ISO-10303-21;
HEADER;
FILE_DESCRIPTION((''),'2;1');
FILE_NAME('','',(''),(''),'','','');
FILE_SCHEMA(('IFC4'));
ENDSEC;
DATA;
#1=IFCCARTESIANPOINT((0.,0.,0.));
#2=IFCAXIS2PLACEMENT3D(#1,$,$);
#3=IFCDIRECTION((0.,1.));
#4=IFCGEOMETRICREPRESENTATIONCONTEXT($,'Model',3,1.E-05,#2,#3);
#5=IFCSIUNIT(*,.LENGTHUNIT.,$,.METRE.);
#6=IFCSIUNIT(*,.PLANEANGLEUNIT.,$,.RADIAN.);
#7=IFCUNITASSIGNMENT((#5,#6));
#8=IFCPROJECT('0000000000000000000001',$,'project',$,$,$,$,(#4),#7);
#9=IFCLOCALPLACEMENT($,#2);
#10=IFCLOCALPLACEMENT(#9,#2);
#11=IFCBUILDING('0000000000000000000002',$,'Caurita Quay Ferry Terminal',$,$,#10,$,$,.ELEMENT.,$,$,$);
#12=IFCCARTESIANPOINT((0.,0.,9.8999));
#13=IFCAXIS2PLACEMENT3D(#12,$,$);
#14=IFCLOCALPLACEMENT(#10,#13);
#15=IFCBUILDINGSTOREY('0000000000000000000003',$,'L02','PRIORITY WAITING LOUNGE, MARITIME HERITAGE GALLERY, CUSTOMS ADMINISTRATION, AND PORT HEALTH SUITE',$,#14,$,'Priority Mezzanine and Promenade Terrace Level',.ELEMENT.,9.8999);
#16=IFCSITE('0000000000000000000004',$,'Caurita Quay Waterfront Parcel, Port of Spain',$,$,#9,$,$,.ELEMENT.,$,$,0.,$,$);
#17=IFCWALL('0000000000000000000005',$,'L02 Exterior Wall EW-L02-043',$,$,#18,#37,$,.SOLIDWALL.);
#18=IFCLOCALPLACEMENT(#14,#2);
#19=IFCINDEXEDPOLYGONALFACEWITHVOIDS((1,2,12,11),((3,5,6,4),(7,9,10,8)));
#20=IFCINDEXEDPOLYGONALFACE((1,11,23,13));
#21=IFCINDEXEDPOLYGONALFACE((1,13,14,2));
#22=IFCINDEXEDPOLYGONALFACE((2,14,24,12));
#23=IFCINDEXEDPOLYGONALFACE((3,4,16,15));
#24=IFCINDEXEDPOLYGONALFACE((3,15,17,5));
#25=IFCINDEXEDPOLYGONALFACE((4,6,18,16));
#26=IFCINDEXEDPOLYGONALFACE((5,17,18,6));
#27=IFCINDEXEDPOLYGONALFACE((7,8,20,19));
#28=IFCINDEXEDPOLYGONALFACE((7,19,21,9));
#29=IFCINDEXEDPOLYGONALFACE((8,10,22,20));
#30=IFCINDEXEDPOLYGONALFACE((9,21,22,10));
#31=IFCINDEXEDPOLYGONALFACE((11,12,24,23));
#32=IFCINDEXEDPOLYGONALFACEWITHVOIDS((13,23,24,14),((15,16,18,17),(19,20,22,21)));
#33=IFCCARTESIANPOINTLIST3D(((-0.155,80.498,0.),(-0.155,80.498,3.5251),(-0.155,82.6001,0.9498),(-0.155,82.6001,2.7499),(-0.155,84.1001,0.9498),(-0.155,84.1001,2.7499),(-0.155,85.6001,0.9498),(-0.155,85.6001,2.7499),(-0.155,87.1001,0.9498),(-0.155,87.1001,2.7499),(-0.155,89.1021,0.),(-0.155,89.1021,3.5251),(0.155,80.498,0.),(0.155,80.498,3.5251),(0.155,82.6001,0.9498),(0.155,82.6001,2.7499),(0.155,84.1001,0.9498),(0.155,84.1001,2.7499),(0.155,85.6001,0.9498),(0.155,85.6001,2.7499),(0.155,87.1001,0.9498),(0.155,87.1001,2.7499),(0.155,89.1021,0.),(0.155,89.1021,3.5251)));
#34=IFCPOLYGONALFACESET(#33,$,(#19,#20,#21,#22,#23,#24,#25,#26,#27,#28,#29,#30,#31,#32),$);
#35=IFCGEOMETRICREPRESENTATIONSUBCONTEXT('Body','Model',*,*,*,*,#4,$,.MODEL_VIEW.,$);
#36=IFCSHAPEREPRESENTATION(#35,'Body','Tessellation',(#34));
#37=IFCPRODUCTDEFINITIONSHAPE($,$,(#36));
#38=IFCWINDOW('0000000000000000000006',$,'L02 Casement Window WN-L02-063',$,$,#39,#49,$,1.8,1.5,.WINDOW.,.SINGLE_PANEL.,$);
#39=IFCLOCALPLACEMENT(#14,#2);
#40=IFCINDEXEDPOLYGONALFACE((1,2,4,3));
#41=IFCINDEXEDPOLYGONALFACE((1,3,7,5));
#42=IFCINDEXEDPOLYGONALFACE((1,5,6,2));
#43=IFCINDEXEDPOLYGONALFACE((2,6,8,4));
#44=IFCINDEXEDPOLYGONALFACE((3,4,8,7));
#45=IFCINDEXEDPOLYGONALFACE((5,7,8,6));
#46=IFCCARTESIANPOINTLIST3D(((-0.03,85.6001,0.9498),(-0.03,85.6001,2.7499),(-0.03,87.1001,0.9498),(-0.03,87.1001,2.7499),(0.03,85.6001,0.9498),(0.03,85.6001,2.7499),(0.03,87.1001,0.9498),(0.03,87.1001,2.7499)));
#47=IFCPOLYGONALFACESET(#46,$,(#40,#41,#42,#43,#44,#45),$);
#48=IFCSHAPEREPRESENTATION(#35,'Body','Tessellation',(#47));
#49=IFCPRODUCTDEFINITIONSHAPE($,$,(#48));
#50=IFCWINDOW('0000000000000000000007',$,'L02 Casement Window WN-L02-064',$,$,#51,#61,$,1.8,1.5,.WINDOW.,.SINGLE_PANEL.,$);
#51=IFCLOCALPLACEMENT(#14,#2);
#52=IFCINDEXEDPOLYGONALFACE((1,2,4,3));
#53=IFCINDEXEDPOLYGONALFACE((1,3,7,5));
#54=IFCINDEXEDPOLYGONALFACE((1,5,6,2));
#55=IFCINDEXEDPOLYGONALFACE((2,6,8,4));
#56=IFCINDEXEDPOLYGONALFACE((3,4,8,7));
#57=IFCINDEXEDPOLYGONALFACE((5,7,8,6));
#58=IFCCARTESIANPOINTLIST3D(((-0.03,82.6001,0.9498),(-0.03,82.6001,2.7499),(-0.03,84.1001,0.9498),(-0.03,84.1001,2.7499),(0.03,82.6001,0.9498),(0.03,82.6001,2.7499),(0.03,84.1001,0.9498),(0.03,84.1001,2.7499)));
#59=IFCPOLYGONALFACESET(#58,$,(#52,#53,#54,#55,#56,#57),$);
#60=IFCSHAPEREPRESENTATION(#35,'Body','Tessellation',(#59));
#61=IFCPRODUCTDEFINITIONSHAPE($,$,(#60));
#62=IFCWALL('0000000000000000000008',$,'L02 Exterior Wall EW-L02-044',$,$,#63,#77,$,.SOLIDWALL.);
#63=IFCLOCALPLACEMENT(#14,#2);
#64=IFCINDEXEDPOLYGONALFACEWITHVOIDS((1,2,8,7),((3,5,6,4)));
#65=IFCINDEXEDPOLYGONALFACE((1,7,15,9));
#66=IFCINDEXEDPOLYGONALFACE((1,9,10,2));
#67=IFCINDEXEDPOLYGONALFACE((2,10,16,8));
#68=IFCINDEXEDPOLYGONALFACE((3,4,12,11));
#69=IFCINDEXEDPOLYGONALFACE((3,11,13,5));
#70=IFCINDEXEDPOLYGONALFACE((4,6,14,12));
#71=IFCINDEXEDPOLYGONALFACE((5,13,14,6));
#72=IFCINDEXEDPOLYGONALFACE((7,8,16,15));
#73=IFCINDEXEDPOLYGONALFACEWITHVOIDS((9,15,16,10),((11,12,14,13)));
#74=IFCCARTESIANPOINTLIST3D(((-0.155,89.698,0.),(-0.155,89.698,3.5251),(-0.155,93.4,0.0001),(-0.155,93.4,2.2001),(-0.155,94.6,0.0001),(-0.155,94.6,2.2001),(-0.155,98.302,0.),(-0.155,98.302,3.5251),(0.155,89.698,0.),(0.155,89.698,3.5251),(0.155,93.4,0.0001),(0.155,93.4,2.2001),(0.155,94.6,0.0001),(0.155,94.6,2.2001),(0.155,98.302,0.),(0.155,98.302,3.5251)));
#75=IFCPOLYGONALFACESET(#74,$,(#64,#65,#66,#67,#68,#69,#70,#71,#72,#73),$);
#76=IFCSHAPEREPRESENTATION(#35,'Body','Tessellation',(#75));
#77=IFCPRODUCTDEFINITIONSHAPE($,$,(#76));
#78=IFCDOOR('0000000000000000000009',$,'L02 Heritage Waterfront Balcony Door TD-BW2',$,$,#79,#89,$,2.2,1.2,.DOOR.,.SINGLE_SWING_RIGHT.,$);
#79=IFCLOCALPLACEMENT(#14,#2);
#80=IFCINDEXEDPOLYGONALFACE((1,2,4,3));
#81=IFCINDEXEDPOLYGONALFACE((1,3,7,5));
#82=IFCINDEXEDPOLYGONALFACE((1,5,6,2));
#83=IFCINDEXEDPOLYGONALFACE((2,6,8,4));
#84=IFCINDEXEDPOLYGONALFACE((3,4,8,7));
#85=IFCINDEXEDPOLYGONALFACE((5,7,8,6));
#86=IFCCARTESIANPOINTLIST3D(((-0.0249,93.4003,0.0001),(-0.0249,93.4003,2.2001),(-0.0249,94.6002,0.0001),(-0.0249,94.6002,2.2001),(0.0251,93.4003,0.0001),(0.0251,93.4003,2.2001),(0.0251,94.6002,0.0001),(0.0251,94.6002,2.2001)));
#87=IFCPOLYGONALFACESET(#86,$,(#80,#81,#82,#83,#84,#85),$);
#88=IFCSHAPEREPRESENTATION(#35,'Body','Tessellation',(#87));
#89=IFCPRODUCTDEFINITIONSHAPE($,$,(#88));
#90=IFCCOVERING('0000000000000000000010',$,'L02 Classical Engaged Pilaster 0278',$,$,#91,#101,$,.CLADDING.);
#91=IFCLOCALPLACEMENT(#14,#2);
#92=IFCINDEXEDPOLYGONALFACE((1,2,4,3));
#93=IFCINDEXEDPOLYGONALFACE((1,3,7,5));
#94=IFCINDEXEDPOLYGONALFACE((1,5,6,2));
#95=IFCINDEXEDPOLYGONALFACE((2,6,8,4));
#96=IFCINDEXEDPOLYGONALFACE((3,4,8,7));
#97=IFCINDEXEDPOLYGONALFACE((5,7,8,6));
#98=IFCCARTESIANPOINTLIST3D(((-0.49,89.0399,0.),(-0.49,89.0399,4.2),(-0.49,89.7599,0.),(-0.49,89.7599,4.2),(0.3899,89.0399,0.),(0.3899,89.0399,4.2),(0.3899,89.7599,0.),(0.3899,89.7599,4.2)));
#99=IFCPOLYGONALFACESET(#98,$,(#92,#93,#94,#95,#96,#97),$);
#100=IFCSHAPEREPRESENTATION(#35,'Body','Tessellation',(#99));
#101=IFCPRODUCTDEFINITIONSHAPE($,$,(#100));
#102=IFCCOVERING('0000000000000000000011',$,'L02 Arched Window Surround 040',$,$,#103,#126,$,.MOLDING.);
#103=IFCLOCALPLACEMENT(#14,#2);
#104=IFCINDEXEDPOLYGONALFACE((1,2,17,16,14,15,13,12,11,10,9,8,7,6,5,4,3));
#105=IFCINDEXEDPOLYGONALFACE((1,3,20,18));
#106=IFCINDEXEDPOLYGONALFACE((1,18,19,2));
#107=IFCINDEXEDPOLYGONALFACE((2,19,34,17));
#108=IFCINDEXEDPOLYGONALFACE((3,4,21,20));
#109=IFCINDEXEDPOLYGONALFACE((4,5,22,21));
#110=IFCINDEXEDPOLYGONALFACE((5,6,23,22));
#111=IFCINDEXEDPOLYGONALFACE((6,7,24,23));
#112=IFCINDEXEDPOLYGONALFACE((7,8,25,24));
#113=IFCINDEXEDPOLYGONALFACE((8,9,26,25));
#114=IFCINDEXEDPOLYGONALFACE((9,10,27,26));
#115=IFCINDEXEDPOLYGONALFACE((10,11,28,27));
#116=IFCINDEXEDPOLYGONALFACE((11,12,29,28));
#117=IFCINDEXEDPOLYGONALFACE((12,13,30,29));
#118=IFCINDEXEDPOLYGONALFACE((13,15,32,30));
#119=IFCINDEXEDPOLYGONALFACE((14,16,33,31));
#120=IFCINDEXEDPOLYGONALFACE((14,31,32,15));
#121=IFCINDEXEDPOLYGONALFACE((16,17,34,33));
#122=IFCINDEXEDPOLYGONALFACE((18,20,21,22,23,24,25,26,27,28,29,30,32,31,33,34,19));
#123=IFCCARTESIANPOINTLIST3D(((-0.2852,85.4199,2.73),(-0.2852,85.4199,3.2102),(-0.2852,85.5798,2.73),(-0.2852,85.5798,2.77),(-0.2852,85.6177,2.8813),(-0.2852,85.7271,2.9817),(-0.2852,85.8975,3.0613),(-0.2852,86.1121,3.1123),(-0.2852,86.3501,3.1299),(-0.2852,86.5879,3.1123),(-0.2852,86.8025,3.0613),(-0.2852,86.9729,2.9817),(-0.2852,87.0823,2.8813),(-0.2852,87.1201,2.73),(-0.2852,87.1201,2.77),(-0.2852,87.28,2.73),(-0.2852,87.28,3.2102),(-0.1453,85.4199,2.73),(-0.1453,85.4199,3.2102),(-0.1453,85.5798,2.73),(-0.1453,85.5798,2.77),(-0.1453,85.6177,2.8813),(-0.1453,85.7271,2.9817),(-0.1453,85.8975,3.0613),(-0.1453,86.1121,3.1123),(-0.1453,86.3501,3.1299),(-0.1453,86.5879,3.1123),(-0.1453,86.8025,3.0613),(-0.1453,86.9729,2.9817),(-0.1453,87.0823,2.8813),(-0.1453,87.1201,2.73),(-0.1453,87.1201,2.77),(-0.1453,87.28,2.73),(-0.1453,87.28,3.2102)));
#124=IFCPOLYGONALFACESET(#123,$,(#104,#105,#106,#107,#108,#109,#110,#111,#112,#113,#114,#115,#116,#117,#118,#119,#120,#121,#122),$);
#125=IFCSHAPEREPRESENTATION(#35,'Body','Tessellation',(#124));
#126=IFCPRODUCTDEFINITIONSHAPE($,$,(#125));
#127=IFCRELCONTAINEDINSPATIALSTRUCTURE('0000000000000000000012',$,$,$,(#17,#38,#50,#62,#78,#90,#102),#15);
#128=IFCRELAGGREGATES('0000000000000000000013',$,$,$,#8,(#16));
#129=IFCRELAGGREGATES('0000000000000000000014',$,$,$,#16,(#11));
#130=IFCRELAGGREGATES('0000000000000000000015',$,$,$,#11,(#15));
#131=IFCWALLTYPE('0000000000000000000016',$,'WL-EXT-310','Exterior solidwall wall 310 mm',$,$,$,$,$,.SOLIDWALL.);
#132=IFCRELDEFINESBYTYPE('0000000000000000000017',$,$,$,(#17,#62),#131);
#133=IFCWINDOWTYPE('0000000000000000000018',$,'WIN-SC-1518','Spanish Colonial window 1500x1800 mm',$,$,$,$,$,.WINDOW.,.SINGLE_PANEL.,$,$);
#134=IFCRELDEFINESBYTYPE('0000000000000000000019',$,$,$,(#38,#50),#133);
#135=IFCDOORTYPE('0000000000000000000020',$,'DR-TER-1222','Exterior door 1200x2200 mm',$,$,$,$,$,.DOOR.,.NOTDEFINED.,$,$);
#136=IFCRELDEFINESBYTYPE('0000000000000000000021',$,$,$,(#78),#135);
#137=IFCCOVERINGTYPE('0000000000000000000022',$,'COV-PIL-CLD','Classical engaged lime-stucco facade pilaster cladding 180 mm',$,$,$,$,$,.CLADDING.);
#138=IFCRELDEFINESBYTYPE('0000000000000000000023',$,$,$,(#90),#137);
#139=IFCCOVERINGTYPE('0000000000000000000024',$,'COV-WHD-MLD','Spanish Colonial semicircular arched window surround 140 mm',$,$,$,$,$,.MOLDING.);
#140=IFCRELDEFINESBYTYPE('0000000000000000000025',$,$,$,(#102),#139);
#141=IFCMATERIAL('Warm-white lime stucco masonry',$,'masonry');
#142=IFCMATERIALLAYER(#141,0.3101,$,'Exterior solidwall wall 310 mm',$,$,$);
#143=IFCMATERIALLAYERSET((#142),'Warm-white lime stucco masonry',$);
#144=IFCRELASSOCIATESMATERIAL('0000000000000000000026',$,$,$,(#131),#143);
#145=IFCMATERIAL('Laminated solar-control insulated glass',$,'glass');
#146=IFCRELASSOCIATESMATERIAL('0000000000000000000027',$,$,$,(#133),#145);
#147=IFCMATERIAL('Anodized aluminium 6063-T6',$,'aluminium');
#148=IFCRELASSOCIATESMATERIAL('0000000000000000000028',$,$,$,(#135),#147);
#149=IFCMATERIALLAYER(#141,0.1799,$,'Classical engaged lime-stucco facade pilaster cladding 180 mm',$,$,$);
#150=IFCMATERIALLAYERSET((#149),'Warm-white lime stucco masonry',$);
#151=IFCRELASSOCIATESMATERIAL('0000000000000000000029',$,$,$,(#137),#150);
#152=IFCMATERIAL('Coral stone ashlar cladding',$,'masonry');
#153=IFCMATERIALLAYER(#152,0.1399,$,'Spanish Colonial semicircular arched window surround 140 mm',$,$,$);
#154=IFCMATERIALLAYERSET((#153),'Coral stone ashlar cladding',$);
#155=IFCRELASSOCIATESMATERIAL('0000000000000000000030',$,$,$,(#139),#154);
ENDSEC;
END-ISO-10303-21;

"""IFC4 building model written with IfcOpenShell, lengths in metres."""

from ifc_helpers import new_model, si_unit, direction, frame, frame_2d, origin, origin_2d, place, context, subcontext, project, spatial, polyline, rectangle, outline, extrude, material, layer, layer_set, type_object, element, fill, save


model = new_model("IFC4")

# Units and contexts
model_context = context("Model", 3, precision=1e-05, world=origin(), true_north=direction((0.0, 1.0)))
body_context = subcontext(model_context, "Body", "Model", "MODEL_VIEW")
ifc_project = project(units=[si_unit("LENGTHUNIT", "METRE"), si_unit("PLANEANGLEUNIT", "RADIAN")], contexts=[model_context])

# Site, building, storey
site_placement = place(None, origin())
site = spatial("IfcSite", under=ifc_project, at=site_placement, Name="Caurita Quay Waterfront Parcel, Port of Spain", CompositionType="ELEMENT", RefElevation=0.0)
building_placement = place(site_placement, origin())
building = spatial("IfcBuilding", under=site, at=building_placement, Name="Caurita Quay Ferry Terminal", CompositionType="ELEMENT")
storey_placement = place(building_placement, frame((0.0, 0.0, 9.8999)))
storey = spatial("IfcBuildingStorey", under=building, at=storey_placement, Name="L02", Description="PRIORITY WAITING LOUNGE, MARITIME HERITAGE GALLERY, CUSTOMS ADMINISTRATION, AND PORT HEALTH SUITE", LongName="Priority Mezzanine and Promenade Terrace Level", CompositionType="ELEMENT", Elevation=9.8999)

# Wall, openings, windows
ifc_material_1 = material(Name="Warm-white lime stucco masonry", Category="masonry")
ifc_layer_1 = layer(ifc_material_1, 0.3101, Name="Exterior solidwall wall 310 mm")
ifc_layer_set_1 = layer_set([ifc_layer_1], Name="Warm-white lime stucco masonry")
wall_type = type_object("IfcWallType", Name="WL-EXT-310", Description="Exterior solidwall wall 310 mm", PredefinedType="SOLIDWALL", material=ifc_layer_set_1)
wall_1_placement = place(storey_placement, frame((0.0, 89.1021, 0.0), z_axis=(0.0, 0.0, 1.0), x_axis=(0.0, -1.0, 0.0)))
wall_1 = element("IfcWall", 1, at=wall_1_placement, inside=storey, type_object=wall_type, Name="L02 Exterior Wall EW-L02-043", PredefinedType="SOLIDWALL", context=body_context, shape_type="SweptSolid", body=[
    extrude(rectangle(XDim=8.604, YDim=0.3101, at=frame_2d((4.302, 0.0))), origin(), (0.0, 0.0, 1.0), 3.5251),
])
opening_1_placement = place(wall_1_placement, frame((2.002, 0.0, 0.95)))
opening_1 = element("IfcOpeningElement", 2, at=opening_1_placement, cuts=wall_1, PredefinedType="OPENING", context=body_context, shape_type="SweptSolid", body=[
    extrude(rectangle(XDim=1.5, YDim=1.8, at=frame_2d((0.75, 0.8999))), frame((0.0, 0.165, 0.0), z_axis=(0.0, -1.0, 0.0), x_axis=(1.0, 0.0, 0.0)), (0.0, 0.0, 1.0), 0.3301),
])
opening_2_placement = place(wall_1_placement, frame((5.002, 0.0, 0.95)))
opening_2 = element("IfcOpeningElement", 3, at=opening_2_placement, cuts=wall_1, PredefinedType="OPENING", context=body_context, shape_type="SweptSolid", body=[
    extrude(rectangle(XDim=1.5, YDim=1.8, at=frame_2d((0.75, 0.8999))), frame((0.0, 0.165, 0.0), z_axis=(0.0, -1.0, 0.0), x_axis=(1.0, 0.0, 0.0)), (0.0, 0.0, 1.0), 0.3301),
])
ifc_material_2 = material(Name="Laminated solar-control insulated glass", Category="glass")
window_type = type_object("IfcWindowType", Name="WIN-SC-1518", Description="Spanish Colonial window 1500x1800 mm", PartitioningType="SINGLE_PANEL", PredefinedType="WINDOW", material=ifc_material_2)
window_1_placement = place(opening_1_placement, origin())
window_1 = element("IfcWindow", 4, at=window_1_placement, inside=storey, type_object=window_type, Name="L02 Casement Window WN-L02-063", OverallHeight=1.8, OverallWidth=1.5, PartitioningType="SINGLE_PANEL", PredefinedType="WINDOW", context=body_context, shape_type="SweptSolid", body=[
    extrude(rectangle(XDim=1.5, YDim=1.8, at=frame_2d((0.75, 0.8999))), frame((0.0, 0.03, 0.0), z_axis=(0.0, -1.0, 0.0), x_axis=(1.0, 0.0, 0.0)), (0.0, 0.0, 1.0), 0.0601),
])
fill(opening_1, window_1)
window_2_placement = place(opening_2_placement, origin())
window_2 = element("IfcWindow", 5, at=window_2_placement, inside=storey, type_object=window_type, Name="L02 Casement Window WN-L02-064", OverallHeight=1.8, OverallWidth=1.5, PartitioningType="SINGLE_PANEL", PredefinedType="WINDOW", context=body_context, shape_type="SweptSolid", body=[
    extrude(rectangle(XDim=1.5, YDim=1.8, at=frame_2d((0.75, 0.8999))), frame((0.0, 0.03, 0.0), z_axis=(0.0, -1.0, 0.0), x_axis=(1.0, 0.0, 0.0)), (0.0, 0.0, 1.0), 0.0601),
])
fill(opening_2, window_2)

# Wall, opening, door
wall_2_placement = place(storey_placement, frame((0.0, 98.302, 0.0), z_axis=(0.0, 0.0, 1.0), x_axis=(0.0, -1.0, 0.0)))
wall_2 = element("IfcWall", 6, at=wall_2_placement, inside=storey, type_object=wall_type, Name="L02 Exterior Wall EW-L02-044", PredefinedType="SOLIDWALL", context=body_context, shape_type="SweptSolid", body=[
    extrude(rectangle(XDim=8.604, YDim=0.3101, at=frame_2d((4.302, 0.0))), origin(), (0.0, 0.0, 1.0), 3.5251),
])
opening_3_placement = place(wall_2_placement, frame((3.7019, 0.0, 0.0)))
opening_3 = element("IfcOpeningElement", 7, at=opening_3_placement, cuts=wall_2, PredefinedType="OPENING", context=body_context, shape_type="SweptSolid", body=[
    extrude(rectangle(XDim=1.2, YDim=2.2, at=frame_2d((0.6001, 1.1001))), frame((0.0, 0.165, 0.0), z_axis=(0.0, -1.0, 0.0), x_axis=(1.0, 0.0, 0.0)), (0.0, 0.0, 1.0), 0.3301),
])
ifc_material_3 = material(Name="Anodized aluminium 6063-T6", Category="aluminium")
door_type = type_object("IfcDoorType", Name="DR-TER-1222", Description="Exterior door 1200x2200 mm", OperationType="NOTDEFINED", PredefinedType="DOOR", material=ifc_material_3)
door_placement = place(opening_3_placement, frame((1.2, 0.0, 0.0), z_axis=(0.0, 0.0, 1.0), x_axis=(-1.0, 0.0, 0.0)))
door = element("IfcDoor", 8, at=door_placement, inside=storey, type_object=door_type, Name="L02 Heritage Waterfront Balcony Door TD-BW2", OperationType="SINGLE_SWING_RIGHT", OverallHeight=2.2, OverallWidth=1.2, PredefinedType="DOOR", context=body_context, shape_type="SweptSolid", body=[
    extrude(rectangle(XDim=1.2, YDim=2.2, at=frame_2d((0.6001, 1.1001))), frame((0.0, 0.0249, 0.0), z_axis=(0.0, -1.0, 0.0), x_axis=(1.0, 0.0, 0.0)), (0.0, 0.0, 1.0), 0.05),
])
fill(opening_3, door)

# Coverings
ifc_layer_2 = layer(ifc_material_1, 0.1799, Name="Classical engaged lime-stucco facade pilaster cladding 180 mm")
ifc_layer_set_2 = layer_set([ifc_layer_2], Name="Warm-white lime stucco masonry")
covering_type_1 = type_object("IfcCoveringType", Name="COV-PIL-CLD", Description="Classical engaged lime-stucco facade pilaster cladding 180 mm", PredefinedType="CLADDING", material=ifc_layer_set_2)
covering_1_placement = place(storey_placement, frame((-0.05, 89.3999, 0.0), z_axis=(0.0, 0.0, 1.0), x_axis=(1.0, 0.0, 0.0)))
element("IfcCovering", 9, at=covering_1_placement, inside=storey, type_object=covering_type_1, Name="L02 Classical Engaged Pilaster 0278", PredefinedType="CLADDING", context=body_context, shape_type="SweptSolid", body=[
    extrude(rectangle(XDim=0.8799, YDim=0.72, at=origin_2d()), origin(), (0.0, 0.0, 1.0), 4.2),
])
ifc_material_4 = material(Name="Coral stone ashlar cladding", Category="masonry")
ifc_layer_3 = layer(ifc_material_4, 0.1399, Name="Spanish Colonial semicircular arched window surround 140 mm")
ifc_layer_set_3 = layer_set([ifc_layer_3], Name="Coral stone ashlar cladding")
covering_type_2 = type_object("IfcCoveringType", Name="COV-WHD-MLD", Description="Spanish Colonial semicircular arched window surround 140 mm", PredefinedType="MOLDING", material=ifc_layer_set_3)
covering_2_placement = place(storey_placement, frame((-0.2151, 87.28, 2.73), z_axis=(0.0, 0.0, 1.0), x_axis=(0.0, -1.0, 0.0)))
element("IfcCovering", 10, at=covering_2_placement, inside=storey, type_object=covering_type_2, Name="L02 Arched Window Surround 040", PredefinedType="MOLDING", context=body_context, shape_type="SweptSolid", body=[
    extrude(outline(polyline([(0.0, 0.0), (0.1599, 0.0), (0.1599, 0.04), (0.1978, 0.1514), (0.3071, 0.2517), (0.4775, 0.3313), (0.6921, 0.3823), (0.9299, 0.3999), (1.168, 0.3823), (1.3826, 0.3313), (1.553, 0.2517), (1.6624, 0.1514), (1.7002, 0.04), (1.7002, 0.0), (1.8601, 0.0), (1.8601, 0.4802), (0.0, 0.4802), (0.0, 0.0)])), frame((0.0, 0.0698, 0.0), z_axis=(0.0, -1.0, 0.0), x_axis=(1.0, 0.0, 0.0)), (0.0, 0.0, 1.0), 0.1399),
])

save(model, "model.ifc")
